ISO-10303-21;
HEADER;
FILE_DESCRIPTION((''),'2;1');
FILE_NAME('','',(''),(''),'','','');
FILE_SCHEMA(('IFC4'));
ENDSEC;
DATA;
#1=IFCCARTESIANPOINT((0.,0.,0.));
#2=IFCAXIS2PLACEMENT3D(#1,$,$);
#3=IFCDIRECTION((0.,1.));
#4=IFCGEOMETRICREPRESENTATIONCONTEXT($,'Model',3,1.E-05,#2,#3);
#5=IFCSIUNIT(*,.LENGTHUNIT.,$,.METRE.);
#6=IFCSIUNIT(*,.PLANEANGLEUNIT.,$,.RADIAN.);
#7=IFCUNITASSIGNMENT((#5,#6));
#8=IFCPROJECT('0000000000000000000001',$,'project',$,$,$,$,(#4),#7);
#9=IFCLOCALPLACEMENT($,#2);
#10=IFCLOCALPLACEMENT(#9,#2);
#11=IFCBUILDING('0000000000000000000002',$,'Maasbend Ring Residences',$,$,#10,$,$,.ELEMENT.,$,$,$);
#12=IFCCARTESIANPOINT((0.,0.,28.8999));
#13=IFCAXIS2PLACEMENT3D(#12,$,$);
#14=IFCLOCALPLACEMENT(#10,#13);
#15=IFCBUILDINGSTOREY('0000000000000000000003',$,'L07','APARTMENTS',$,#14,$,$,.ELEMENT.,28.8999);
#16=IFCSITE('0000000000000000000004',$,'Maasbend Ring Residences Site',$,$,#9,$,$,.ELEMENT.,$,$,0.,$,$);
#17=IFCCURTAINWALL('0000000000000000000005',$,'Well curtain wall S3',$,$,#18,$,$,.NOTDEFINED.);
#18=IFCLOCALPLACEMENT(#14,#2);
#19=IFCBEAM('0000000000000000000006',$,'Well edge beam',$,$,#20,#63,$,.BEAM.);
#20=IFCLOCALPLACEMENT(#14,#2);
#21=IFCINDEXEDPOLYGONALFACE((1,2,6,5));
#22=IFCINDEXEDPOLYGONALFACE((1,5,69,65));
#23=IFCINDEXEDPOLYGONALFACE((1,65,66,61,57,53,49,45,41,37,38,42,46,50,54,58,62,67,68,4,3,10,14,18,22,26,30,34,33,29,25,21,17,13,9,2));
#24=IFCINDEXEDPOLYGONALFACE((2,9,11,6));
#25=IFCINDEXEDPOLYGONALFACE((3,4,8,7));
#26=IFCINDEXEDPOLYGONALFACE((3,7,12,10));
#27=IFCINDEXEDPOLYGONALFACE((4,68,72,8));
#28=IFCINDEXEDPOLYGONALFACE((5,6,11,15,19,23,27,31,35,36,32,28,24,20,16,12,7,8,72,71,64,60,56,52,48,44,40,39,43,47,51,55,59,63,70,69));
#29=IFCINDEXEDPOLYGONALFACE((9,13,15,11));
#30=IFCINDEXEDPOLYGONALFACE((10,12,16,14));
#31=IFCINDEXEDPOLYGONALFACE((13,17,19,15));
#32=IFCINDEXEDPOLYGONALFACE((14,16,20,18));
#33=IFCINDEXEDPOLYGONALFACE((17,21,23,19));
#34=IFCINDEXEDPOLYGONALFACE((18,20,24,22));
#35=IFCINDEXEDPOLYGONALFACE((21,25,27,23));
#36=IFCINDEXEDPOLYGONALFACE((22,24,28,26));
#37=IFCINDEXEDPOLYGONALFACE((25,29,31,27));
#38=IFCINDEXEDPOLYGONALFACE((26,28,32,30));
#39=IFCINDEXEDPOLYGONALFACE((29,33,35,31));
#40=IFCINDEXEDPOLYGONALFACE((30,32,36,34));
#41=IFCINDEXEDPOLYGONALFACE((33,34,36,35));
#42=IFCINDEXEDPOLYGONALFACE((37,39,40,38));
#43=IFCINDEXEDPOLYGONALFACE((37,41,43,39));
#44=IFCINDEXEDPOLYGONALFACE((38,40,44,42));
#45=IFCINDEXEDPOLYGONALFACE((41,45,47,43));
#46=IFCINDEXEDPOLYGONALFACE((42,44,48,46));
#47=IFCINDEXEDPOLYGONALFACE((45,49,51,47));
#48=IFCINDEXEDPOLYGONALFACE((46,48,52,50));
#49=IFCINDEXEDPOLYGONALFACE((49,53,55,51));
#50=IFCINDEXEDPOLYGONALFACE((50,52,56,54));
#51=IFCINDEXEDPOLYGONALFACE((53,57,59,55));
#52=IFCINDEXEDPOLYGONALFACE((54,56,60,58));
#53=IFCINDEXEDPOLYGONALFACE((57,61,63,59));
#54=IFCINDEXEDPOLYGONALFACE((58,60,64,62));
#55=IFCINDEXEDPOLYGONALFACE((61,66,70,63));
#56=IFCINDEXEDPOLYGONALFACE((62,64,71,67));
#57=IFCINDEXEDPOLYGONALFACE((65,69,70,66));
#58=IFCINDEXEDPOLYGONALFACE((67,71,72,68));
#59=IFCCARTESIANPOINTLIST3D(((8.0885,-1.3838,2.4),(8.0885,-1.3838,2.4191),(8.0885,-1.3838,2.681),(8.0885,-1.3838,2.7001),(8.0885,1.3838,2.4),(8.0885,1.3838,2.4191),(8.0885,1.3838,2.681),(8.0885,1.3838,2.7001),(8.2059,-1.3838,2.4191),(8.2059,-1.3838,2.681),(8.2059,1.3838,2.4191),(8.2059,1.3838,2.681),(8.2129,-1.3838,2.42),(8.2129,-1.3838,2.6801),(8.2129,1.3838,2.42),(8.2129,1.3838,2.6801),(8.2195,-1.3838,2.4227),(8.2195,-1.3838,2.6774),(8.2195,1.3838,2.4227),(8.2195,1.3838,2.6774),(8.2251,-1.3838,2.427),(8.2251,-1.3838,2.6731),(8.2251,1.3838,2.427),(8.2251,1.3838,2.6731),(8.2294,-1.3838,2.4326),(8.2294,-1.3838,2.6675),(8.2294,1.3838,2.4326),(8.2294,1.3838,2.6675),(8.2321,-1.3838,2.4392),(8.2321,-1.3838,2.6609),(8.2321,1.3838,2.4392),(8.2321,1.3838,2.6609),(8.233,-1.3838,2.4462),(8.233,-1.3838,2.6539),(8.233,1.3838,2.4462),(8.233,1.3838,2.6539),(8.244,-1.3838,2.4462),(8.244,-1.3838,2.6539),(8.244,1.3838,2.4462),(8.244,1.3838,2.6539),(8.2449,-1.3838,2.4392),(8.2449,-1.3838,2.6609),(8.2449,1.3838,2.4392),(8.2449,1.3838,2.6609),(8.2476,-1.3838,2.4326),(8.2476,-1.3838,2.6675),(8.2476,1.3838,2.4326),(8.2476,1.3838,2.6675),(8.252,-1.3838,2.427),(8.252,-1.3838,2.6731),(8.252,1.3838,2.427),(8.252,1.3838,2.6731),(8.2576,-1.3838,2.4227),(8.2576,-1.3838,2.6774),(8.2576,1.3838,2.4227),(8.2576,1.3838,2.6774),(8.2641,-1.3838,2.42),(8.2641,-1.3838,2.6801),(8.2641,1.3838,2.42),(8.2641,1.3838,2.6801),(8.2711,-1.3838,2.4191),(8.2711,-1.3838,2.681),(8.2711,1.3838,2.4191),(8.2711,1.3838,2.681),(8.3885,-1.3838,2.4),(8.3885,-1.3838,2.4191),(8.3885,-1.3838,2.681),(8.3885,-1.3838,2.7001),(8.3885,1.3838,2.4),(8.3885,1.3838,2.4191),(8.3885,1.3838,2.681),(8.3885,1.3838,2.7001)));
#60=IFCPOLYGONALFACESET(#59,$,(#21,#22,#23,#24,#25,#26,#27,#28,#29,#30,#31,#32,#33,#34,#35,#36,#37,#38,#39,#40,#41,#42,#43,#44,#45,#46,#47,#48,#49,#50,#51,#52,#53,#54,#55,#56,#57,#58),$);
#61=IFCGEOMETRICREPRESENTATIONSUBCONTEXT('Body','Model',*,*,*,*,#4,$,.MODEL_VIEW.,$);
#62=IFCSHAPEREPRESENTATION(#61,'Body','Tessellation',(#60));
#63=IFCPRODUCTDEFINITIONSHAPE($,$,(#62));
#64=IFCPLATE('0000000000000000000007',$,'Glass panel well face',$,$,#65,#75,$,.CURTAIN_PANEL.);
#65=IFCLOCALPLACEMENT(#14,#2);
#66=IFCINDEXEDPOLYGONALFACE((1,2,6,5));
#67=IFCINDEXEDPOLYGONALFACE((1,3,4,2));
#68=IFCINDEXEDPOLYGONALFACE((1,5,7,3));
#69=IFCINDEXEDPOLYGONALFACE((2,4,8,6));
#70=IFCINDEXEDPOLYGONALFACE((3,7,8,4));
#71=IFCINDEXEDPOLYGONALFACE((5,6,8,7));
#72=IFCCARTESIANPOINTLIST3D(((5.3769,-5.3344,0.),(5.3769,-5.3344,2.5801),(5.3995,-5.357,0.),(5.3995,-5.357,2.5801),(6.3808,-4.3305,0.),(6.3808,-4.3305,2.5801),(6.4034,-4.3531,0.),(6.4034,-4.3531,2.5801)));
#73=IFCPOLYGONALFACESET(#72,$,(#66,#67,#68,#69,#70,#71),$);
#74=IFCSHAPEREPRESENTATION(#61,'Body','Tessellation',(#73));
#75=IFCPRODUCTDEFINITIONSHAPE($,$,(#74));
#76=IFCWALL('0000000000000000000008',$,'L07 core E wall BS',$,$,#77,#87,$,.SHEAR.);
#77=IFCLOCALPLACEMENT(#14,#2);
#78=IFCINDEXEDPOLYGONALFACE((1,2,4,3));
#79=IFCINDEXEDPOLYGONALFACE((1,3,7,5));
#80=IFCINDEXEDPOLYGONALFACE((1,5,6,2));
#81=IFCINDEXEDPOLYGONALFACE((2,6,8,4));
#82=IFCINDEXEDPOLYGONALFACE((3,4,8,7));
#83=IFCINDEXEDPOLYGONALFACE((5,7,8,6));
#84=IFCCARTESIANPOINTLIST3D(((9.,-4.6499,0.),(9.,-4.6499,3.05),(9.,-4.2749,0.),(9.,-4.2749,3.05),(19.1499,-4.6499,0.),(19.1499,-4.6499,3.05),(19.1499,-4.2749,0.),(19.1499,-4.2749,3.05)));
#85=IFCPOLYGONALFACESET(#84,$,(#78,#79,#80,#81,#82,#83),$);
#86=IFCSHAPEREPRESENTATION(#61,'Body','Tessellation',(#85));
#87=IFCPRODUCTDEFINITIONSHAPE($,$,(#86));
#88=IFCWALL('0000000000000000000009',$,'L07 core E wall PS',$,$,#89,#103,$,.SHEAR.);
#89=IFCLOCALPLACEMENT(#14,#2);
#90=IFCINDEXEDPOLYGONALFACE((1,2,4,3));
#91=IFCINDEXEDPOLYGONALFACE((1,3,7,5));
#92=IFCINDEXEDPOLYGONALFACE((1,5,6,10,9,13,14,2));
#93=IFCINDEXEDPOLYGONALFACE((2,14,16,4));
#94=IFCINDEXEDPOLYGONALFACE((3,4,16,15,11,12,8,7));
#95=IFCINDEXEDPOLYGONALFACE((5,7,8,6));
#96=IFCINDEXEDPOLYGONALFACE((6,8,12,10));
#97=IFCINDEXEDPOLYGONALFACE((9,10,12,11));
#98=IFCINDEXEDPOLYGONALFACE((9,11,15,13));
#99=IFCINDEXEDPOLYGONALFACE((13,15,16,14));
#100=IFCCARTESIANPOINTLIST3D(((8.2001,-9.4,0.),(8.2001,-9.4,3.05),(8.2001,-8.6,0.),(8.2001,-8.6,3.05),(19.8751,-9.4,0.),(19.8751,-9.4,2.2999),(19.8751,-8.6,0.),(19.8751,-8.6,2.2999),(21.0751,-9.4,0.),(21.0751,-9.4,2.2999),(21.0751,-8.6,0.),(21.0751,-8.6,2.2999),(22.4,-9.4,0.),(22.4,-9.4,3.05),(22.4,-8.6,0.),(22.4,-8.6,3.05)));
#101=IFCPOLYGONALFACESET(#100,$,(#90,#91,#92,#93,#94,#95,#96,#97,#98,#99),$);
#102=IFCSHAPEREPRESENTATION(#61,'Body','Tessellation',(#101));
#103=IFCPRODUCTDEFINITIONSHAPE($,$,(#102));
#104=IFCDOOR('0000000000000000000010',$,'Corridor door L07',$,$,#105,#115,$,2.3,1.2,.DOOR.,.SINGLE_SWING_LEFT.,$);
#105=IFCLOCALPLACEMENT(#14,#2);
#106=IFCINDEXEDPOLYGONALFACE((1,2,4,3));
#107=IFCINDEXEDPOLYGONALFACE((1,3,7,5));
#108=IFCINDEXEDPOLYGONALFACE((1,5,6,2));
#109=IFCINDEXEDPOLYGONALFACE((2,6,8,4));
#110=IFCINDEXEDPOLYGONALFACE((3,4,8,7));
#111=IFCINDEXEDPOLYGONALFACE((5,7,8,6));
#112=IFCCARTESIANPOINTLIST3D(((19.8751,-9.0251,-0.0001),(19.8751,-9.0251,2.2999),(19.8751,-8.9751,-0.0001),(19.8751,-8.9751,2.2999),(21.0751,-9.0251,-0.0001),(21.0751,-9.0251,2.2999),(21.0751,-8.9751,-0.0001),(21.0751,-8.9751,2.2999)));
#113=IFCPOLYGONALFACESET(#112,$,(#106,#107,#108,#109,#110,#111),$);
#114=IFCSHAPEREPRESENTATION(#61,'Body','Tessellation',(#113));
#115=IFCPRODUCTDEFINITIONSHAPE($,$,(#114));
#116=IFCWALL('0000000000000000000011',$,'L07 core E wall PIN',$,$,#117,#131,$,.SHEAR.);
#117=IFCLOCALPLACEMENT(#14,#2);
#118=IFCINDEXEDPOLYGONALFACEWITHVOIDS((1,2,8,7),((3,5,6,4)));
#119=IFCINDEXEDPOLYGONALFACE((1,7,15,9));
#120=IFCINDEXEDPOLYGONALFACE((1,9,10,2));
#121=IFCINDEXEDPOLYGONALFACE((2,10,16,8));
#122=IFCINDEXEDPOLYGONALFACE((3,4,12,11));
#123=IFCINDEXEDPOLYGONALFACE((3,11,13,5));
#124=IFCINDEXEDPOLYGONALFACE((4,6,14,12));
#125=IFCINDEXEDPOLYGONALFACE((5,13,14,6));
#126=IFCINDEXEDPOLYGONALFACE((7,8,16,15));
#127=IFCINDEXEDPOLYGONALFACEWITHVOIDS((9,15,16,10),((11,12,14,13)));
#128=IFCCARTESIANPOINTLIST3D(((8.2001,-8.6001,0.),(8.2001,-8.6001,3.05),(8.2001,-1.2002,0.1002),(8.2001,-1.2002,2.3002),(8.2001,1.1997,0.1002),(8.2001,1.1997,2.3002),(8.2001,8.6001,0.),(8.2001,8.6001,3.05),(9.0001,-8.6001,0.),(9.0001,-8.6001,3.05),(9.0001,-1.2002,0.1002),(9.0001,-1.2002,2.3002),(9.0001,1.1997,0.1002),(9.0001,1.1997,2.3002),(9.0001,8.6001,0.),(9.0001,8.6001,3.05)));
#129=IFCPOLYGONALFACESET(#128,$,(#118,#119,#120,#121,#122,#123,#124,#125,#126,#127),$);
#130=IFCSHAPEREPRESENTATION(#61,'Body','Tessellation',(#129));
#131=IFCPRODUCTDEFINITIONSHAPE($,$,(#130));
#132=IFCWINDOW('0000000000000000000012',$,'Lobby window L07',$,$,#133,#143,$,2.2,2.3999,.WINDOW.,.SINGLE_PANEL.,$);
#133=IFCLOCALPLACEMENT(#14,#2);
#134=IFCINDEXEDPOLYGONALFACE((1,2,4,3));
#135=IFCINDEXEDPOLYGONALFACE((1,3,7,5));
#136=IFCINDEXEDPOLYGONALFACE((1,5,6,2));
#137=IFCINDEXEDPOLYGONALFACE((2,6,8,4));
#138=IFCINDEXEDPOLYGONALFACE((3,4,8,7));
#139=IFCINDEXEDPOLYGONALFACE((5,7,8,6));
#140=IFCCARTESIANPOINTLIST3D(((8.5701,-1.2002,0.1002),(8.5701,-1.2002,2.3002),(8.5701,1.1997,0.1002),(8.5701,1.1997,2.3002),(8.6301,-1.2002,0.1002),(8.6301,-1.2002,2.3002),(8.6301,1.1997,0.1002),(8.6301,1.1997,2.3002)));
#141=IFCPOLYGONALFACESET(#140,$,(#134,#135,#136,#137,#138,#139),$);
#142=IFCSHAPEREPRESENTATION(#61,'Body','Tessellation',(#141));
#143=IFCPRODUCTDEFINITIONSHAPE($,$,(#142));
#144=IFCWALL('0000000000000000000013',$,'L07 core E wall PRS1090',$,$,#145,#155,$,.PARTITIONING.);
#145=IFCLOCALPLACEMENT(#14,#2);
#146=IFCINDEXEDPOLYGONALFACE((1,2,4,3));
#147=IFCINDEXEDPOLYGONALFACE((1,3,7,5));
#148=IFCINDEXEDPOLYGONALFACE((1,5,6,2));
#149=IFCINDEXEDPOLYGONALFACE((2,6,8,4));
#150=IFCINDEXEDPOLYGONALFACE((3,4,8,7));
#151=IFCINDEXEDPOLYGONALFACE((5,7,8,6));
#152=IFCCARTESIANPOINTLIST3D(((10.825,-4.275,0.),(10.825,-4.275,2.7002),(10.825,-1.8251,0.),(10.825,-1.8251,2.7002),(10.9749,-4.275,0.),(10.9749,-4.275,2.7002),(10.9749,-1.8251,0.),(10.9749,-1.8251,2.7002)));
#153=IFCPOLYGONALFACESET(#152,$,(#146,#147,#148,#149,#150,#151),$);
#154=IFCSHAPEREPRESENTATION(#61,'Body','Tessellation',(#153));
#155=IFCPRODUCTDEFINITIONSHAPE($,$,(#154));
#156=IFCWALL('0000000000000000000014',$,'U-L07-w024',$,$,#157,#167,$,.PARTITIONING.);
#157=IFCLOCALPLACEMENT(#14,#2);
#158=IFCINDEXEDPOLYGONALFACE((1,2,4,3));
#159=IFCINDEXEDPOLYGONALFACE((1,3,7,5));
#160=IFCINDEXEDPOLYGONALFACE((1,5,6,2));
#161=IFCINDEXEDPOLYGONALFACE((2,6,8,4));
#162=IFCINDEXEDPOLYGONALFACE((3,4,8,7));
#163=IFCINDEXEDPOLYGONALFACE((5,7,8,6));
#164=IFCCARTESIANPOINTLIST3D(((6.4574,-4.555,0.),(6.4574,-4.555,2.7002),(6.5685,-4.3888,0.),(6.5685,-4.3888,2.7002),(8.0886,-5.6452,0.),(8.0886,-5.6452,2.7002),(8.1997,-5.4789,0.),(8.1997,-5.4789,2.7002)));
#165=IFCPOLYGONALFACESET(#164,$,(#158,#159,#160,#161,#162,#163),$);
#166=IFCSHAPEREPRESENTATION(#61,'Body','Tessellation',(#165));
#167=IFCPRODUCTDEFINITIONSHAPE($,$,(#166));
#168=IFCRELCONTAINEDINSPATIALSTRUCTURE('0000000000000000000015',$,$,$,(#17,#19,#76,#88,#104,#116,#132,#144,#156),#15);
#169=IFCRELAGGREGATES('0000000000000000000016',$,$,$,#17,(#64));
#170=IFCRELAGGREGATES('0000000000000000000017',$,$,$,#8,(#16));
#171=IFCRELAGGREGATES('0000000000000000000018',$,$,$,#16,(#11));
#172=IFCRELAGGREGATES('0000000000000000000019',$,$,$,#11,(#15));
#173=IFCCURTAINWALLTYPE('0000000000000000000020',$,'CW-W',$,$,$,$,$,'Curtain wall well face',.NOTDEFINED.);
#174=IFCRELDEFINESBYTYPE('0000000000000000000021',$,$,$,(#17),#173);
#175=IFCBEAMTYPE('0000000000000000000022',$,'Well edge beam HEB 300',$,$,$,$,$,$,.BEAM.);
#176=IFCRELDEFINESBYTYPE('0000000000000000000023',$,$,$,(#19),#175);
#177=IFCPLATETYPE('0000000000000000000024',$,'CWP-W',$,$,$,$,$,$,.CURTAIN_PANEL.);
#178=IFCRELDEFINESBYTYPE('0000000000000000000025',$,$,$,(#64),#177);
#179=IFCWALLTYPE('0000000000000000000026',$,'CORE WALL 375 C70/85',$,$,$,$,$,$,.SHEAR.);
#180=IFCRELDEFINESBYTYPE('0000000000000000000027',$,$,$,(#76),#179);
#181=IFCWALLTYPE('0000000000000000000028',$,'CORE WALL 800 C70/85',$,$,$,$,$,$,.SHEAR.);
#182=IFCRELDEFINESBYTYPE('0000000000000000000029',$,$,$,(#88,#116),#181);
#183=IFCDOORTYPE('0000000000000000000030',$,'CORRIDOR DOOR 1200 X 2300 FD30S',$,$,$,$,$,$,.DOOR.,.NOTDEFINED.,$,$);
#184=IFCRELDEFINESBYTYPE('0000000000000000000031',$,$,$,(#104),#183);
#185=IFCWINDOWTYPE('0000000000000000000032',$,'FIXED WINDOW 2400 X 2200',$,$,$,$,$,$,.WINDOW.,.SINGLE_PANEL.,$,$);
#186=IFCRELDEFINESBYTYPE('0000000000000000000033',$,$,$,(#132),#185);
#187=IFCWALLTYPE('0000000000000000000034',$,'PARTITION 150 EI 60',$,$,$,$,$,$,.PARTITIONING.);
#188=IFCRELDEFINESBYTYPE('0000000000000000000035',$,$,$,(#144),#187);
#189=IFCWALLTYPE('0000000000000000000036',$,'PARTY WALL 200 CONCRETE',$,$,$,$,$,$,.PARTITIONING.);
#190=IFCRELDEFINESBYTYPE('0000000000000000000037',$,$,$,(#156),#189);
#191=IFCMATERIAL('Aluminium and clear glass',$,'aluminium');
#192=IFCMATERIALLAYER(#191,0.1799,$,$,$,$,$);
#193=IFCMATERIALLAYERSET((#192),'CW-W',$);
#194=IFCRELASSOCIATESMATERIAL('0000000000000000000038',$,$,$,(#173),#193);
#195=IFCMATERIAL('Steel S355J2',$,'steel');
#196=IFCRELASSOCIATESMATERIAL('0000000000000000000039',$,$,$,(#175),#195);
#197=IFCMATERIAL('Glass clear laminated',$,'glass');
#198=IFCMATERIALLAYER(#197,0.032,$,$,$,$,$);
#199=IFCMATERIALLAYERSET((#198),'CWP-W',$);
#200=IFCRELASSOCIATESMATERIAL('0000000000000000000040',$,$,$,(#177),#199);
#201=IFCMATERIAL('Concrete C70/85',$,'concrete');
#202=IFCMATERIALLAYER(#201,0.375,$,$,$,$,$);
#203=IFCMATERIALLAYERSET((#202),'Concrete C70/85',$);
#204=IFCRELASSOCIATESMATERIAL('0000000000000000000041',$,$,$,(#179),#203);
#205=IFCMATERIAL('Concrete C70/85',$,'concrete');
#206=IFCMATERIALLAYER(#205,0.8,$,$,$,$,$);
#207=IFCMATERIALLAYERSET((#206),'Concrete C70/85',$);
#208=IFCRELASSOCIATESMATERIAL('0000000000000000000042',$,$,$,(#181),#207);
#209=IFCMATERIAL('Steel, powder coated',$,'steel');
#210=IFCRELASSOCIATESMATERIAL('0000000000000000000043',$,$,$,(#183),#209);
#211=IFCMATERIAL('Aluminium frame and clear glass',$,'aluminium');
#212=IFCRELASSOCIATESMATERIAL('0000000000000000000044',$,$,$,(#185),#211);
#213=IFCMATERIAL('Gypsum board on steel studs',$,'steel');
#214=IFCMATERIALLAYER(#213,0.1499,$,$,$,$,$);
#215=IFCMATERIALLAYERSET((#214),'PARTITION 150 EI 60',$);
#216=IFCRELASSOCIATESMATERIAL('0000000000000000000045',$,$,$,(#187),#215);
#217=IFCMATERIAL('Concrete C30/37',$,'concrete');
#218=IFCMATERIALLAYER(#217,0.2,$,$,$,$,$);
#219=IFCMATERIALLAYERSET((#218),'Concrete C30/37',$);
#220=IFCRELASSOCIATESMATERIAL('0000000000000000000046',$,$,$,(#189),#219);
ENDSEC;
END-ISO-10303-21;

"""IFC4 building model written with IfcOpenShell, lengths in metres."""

from ifc_helpers import new_model, si_unit, direction, frame, frame_2d, origin, origin_2d, place, context, subcontext, project, spatial, rectangle, i_section, extrude, material, layer, layer_set, material_profile, profile_set, type_object, element, fill, aggregate, save


model = new_model("IFC4")

# Units and contexts
model_context = context("Model", 3, precision=1e-05, world=origin(), true_north=direction((0.0, 1.0)))
body_context = subcontext(model_context, "Body", "Model", "MODEL_VIEW")
ifc_project = project(units=[si_unit("LENGTHUNIT", "METRE"), si_unit("PLANEANGLEUNIT", "RADIAN")], contexts=[model_context])

# Site, building, storey
site_placement = place(None, origin())
site = spatial("IfcSite", under=ifc_project, at=site_placement, Name="Maasbend Ring Residences Site", CompositionType="ELEMENT", RefElevation=0.0)
building_placement = place(site_placement, origin())
building = spatial("IfcBuilding", under=site, at=building_placement, Name="Maasbend Ring Residences", CompositionType="ELEMENT")
storey_placement = place(building_placement, frame((0.0, 0.0, 28.8999)))
storey = spatial("IfcBuildingStorey", under=building, at=storey_placement, Name="L07", Description="APARTMENTS", CompositionType="ELEMENT", Elevation=28.8999)

# Curtain wall
ifc_material_1 = material(Name="Aluminium and clear glass", Category="aluminium")
ifc_layer_1 = layer(ifc_material_1, 0.1799)
ifc_layer_set_1 = layer_set([ifc_layer_1], Name="CW-W")
curtain_wall_type = type_object("IfcCurtainWallType", Name="CW-W", ElementType="Curtain wall well face", PredefinedType="NOTDEFINED", material=ifc_layer_set_1)
curtain_wall_placement = place(storey_placement, origin())
curtain_wall = element("IfcCurtainWall", 1, at=curtain_wall_placement, inside=storey, type_object=curtain_wall_type, Name="Well curtain wall S3", PredefinedType="NOTDEFINED")

# Beam
ifc_material_2 = material(Name="Steel S355J2", Category="steel")
ifc_material_profile_1 = material_profile(ifc_material_2, i_section(OverallWidth=0.3, OverallDepth=0.3, WebThickness=0.011, FlangeThickness=0.019, FilletRadius=0.0271, at=origin_2d()), Name="HEB 300")
ifc_profile_set_1 = profile_set([ifc_material_profile_1], Name="Steel S355J2")
beam_type = type_object("IfcBeamType", Name="Well edge beam HEB 300", PredefinedType="BEAM", material=ifc_profile_set_1)
beam_1_placement = place(storey_placement, frame((8.2385, -1.3838, 2.55), z_axis=(0.0, 1.0, 0.0), x_axis=(-1.0, 0.0, 0.0)))
element("IfcBeam", 2, at=beam_1_placement, inside=storey, type_object=beam_type, Name="Well edge beam", PredefinedType="BEAM", context=body_context, shape_type="SweptSolid", body=[
    extrude(i_section(OverallWidth=0.3, OverallDepth=0.3, WebThickness=0.011, FlangeThickness=0.019, FilletRadius=0.0271, at=origin_2d()), origin(), (0.0, 0.0, 1.0), 2.7676),
])

# Plate
ifc_material_3 = material(Name="Glass clear laminated", Category="glass")
ifc_layer_2 = layer(ifc_material_3, 0.032)
ifc_layer_set_2 = layer_set([ifc_layer_2], Name="CWP-W")
plate_type = type_object("IfcPlateType", Name="CWP-W", PredefinedType="CURTAIN_PANEL", material=ifc_layer_set_2)
plate_placement = place(storey_placement, frame((5.8901, -4.8438, 0.0), z_axis=(0.0, 0.0, 1.0), x_axis=(0.707107, 0.707107, 0.0)))
plate = element("IfcPlate", 3, at=plate_placement, type_object=plate_type, Name="Glass panel well face", PredefinedType="CURTAIN_PANEL", context=body_context, shape_type="SweptSolid", body=[
    extrude(rectangle(XDim=1.4197, YDim=0.032, at=origin_2d()), origin(), (0.0, 0.0, 1.0), 2.5801),
])
aggregate(curtain_wall, [plate])

# Wall
ifc_material_4 = material(Name="Concrete C70/85", Category="concrete")
ifc_layer_3 = layer(ifc_material_4, 0.375)
ifc_layer_set_3 = layer_set([ifc_layer_3], Name="Concrete C70/85")
wall_type_1 = type_object("IfcWallType", Name="CORE WALL 375 C70/85", PredefinedType="SHEAR", material=ifc_layer_set_3)
wall_1_placement = place(storey_placement, frame((9.0, -4.4624, 0.0), z_axis=(0.0, 0.0, 1.0), x_axis=(1.0, 0.0, 0.0)))
element("IfcWall", 4, at=wall_1_placement, inside=storey, type_object=wall_type_1, Name="L07 core E wall BS", PredefinedType="SHEAR", context=body_context, shape_type="SweptSolid", body=[
    extrude(rectangle(XDim=10.1499, YDim=0.375, at=frame_2d((5.075, 0.0))), origin(), (0.0, 0.0, 1.0), 3.05),
])

# Wall, opening, door
ifc_material_5 = material(Name="Concrete C70/85", Category="concrete")
ifc_layer_4 = layer(ifc_material_5, 0.8)
ifc_layer_set_4 = layer_set([ifc_layer_4], Name="Concrete C70/85")
wall_type_2 = type_object("IfcWallType", Name="CORE WALL 800 C70/85", PredefinedType="SHEAR", material=ifc_layer_set_4)
wall_2_placement = place(storey_placement, frame((8.2, -9.0, 0.0), z_axis=(0.0, 0.0, 1.0), x_axis=(1.0, 0.0, 0.0)))
wall_2 = element("IfcWall", 5, at=wall_2_placement, inside=storey, type_object=wall_type_2, Name="L07 core E wall PS", PredefinedType="SHEAR", context=body_context, shape_type="SweptSolid", body=[
    extrude(rectangle(XDim=14.2, YDim=0.8, at=frame_2d((7.1001, 0.0))), origin(), (0.0, 0.0, 1.0), 3.05),
])
opening_1_placement = place(wall_2_placement, frame((11.675, 0.0, 0.0)))
opening_1 = element("IfcOpeningElement", 6, at=opening_1_placement, cuts=wall_2, PredefinedType="OPENING", context=body_context, shape_type="SweptSolid", body=[
    extrude(rectangle(XDim=1.2, YDim=2.3, at=frame_2d((0.6001, 1.1499))), frame((0.0, 0.4102, 0.0), z_axis=(0.0, -1.0, 0.0), x_axis=(1.0, 0.0, 0.0)), (0.0, 0.0, 1.0), 0.8201),
])
ifc_material_6 = material(Name="Steel, powder coated", Category="steel")
door_type = type_object("IfcDoorType", Name="CORRIDOR DOOR 1200 X 2300 FD30S", OperationType="NOTDEFINED", PredefinedType="DOOR", material=ifc_material_6)
door_placement = place(opening_1_placement, origin())
door = element("IfcDoor", 7, at=door_placement, inside=storey, type_object=door_type, Name="Corridor door L07", OperationType="SINGLE_SWING_LEFT", OverallHeight=2.3, OverallWidth=1.2, PredefinedType="DOOR", context=body_context, shape_type="SweptSolid", body=[
    extrude(rectangle(XDim=1.2, YDim=2.3, at=frame_2d((0.6001, 1.1499))), frame((0.0, 0.0249, 0.0), z_axis=(0.0, -1.0, 0.0), x_axis=(1.0, 0.0, 0.0)), (0.0, 0.0, 1.0), 0.05),
])
fill(opening_1, door)

# Wall, opening, window
wall_3_placement = place(storey_placement, frame((8.6001, -8.6001, 0.0), z_axis=(0.0, 0.0, 1.0), x_axis=(0.0, 1.0, 0.0)))
wall_3 = element("IfcWall", 8, at=wall_3_placement, inside=storey, type_object=wall_type_2, Name="L07 core E wall PIN", PredefinedType="SHEAR", context=body_context, shape_type="SweptSolid", body=[
    extrude(rectangle(XDim=17.2002, YDim=0.8, at=frame_2d((8.6001, 0.0))), origin(), (0.0, 0.0, 1.0), 3.05),
])
opening_2_placement = place(wall_3_placement, frame((7.3999, 0.0, 0.1001)))
opening_2 = element("IfcOpeningElement", 9, at=opening_2_placement, cuts=wall_3, PredefinedType="OPENING", context=body_context, shape_type="SweptSolid", body=[
    extrude(rectangle(XDim=2.3999, YDim=2.2, at=frame_2d((1.2, 1.1001))), frame((0.0, 0.4102, 0.0), z_axis=(0.0, -1.0, 0.0), x_axis=(1.0, 0.0, 0.0)), (0.0, 0.0, 1.0), 0.8201),
])
ifc_material_7 = material(Name="Aluminium frame and clear glass", Category="aluminium")
window_type = type_object("IfcWindowType", Name="FIXED WINDOW 2400 X 2200", PartitioningType="SINGLE_PANEL", PredefinedType="WINDOW", material=ifc_material_7)
window_placement = place(opening_2_placement, origin())
window = element("IfcWindow", 10, at=window_placement, inside=storey, type_object=window_type, Name="Lobby window L07", OverallHeight=2.2, OverallWidth=2.3999, PartitioningType="SINGLE_PANEL", PredefinedType="WINDOW", context=body_context, shape_type="SweptSolid", body=[
    extrude(rectangle(XDim=2.3999, YDim=2.2, at=frame_2d((1.2, 1.1001))), frame((0.0, 0.03, 0.0), z_axis=(0.0, -1.0, 0.0), x_axis=(1.0, 0.0, 0.0)), (0.0, 0.0, 1.0), 0.0601),
])
fill(opening_2, window)

# Walls
ifc_material_8 = material(Name="Gypsum board on steel studs", Category="steel")
ifc_layer_5 = layer(ifc_material_8, 0.1499)
ifc_layer_set_5 = layer_set([ifc_layer_5], Name="PARTITION 150 EI 60")
wall_type_3 = type_object("IfcWallType", Name="PARTITION 150 EI 60", PredefinedType="PARTITIONING", material=ifc_layer_set_5)
wall_4_placement = place(storey_placement, frame((10.8999, -1.825, 0.0), z_axis=(0.0, 0.0, 1.0), x_axis=(0.0, -1.0, 0.0)))
element("IfcWall", 11, at=wall_4_placement, inside=storey, type_object=wall_type_3, Name="L07 core E wall PRS1090", PredefinedType="PARTITIONING", context=body_context, shape_type="SweptSolid", body=[
    extrude(rectangle(XDim=2.45, YDim=0.1499, at=frame_2d((1.2251, 0.0))), origin(), (0.0, 0.0, 1.0), 2.7002),
])
ifc_material_9 = material(Name="Concrete C30/37", Category="concrete")
ifc_layer_6 = layer(ifc_material_9, 0.2)
ifc_layer_set_6 = layer_set([ifc_layer_6], Name="Concrete C30/37")
wall_type_4 = type_object("IfcWallType", Name="PARTY WALL 200 CONCRETE", PredefinedType="PARTITIONING", material=ifc_layer_set_6)
wall_5_placement = place(storey_placement, frame((6.5129, -4.4719, 0.0), z_axis=(0.0, 0.0, 1.0), x_axis=(0.831418, -0.555648, 0.0)))
element("IfcWall", 12, at=wall_5_placement, inside=storey, type_object=wall_type_4, Name="U-L07-w024", PredefinedType="PARTITIONING", context=body_context, shape_type="SweptSolid", body=[
    extrude(rectangle(XDim=1.9619, YDim=0.2, at=frame_2d((0.981, 0.0))), origin(), (0.0, 0.0, 1.0), 2.7002),
])

save(model, "model.ifc")
